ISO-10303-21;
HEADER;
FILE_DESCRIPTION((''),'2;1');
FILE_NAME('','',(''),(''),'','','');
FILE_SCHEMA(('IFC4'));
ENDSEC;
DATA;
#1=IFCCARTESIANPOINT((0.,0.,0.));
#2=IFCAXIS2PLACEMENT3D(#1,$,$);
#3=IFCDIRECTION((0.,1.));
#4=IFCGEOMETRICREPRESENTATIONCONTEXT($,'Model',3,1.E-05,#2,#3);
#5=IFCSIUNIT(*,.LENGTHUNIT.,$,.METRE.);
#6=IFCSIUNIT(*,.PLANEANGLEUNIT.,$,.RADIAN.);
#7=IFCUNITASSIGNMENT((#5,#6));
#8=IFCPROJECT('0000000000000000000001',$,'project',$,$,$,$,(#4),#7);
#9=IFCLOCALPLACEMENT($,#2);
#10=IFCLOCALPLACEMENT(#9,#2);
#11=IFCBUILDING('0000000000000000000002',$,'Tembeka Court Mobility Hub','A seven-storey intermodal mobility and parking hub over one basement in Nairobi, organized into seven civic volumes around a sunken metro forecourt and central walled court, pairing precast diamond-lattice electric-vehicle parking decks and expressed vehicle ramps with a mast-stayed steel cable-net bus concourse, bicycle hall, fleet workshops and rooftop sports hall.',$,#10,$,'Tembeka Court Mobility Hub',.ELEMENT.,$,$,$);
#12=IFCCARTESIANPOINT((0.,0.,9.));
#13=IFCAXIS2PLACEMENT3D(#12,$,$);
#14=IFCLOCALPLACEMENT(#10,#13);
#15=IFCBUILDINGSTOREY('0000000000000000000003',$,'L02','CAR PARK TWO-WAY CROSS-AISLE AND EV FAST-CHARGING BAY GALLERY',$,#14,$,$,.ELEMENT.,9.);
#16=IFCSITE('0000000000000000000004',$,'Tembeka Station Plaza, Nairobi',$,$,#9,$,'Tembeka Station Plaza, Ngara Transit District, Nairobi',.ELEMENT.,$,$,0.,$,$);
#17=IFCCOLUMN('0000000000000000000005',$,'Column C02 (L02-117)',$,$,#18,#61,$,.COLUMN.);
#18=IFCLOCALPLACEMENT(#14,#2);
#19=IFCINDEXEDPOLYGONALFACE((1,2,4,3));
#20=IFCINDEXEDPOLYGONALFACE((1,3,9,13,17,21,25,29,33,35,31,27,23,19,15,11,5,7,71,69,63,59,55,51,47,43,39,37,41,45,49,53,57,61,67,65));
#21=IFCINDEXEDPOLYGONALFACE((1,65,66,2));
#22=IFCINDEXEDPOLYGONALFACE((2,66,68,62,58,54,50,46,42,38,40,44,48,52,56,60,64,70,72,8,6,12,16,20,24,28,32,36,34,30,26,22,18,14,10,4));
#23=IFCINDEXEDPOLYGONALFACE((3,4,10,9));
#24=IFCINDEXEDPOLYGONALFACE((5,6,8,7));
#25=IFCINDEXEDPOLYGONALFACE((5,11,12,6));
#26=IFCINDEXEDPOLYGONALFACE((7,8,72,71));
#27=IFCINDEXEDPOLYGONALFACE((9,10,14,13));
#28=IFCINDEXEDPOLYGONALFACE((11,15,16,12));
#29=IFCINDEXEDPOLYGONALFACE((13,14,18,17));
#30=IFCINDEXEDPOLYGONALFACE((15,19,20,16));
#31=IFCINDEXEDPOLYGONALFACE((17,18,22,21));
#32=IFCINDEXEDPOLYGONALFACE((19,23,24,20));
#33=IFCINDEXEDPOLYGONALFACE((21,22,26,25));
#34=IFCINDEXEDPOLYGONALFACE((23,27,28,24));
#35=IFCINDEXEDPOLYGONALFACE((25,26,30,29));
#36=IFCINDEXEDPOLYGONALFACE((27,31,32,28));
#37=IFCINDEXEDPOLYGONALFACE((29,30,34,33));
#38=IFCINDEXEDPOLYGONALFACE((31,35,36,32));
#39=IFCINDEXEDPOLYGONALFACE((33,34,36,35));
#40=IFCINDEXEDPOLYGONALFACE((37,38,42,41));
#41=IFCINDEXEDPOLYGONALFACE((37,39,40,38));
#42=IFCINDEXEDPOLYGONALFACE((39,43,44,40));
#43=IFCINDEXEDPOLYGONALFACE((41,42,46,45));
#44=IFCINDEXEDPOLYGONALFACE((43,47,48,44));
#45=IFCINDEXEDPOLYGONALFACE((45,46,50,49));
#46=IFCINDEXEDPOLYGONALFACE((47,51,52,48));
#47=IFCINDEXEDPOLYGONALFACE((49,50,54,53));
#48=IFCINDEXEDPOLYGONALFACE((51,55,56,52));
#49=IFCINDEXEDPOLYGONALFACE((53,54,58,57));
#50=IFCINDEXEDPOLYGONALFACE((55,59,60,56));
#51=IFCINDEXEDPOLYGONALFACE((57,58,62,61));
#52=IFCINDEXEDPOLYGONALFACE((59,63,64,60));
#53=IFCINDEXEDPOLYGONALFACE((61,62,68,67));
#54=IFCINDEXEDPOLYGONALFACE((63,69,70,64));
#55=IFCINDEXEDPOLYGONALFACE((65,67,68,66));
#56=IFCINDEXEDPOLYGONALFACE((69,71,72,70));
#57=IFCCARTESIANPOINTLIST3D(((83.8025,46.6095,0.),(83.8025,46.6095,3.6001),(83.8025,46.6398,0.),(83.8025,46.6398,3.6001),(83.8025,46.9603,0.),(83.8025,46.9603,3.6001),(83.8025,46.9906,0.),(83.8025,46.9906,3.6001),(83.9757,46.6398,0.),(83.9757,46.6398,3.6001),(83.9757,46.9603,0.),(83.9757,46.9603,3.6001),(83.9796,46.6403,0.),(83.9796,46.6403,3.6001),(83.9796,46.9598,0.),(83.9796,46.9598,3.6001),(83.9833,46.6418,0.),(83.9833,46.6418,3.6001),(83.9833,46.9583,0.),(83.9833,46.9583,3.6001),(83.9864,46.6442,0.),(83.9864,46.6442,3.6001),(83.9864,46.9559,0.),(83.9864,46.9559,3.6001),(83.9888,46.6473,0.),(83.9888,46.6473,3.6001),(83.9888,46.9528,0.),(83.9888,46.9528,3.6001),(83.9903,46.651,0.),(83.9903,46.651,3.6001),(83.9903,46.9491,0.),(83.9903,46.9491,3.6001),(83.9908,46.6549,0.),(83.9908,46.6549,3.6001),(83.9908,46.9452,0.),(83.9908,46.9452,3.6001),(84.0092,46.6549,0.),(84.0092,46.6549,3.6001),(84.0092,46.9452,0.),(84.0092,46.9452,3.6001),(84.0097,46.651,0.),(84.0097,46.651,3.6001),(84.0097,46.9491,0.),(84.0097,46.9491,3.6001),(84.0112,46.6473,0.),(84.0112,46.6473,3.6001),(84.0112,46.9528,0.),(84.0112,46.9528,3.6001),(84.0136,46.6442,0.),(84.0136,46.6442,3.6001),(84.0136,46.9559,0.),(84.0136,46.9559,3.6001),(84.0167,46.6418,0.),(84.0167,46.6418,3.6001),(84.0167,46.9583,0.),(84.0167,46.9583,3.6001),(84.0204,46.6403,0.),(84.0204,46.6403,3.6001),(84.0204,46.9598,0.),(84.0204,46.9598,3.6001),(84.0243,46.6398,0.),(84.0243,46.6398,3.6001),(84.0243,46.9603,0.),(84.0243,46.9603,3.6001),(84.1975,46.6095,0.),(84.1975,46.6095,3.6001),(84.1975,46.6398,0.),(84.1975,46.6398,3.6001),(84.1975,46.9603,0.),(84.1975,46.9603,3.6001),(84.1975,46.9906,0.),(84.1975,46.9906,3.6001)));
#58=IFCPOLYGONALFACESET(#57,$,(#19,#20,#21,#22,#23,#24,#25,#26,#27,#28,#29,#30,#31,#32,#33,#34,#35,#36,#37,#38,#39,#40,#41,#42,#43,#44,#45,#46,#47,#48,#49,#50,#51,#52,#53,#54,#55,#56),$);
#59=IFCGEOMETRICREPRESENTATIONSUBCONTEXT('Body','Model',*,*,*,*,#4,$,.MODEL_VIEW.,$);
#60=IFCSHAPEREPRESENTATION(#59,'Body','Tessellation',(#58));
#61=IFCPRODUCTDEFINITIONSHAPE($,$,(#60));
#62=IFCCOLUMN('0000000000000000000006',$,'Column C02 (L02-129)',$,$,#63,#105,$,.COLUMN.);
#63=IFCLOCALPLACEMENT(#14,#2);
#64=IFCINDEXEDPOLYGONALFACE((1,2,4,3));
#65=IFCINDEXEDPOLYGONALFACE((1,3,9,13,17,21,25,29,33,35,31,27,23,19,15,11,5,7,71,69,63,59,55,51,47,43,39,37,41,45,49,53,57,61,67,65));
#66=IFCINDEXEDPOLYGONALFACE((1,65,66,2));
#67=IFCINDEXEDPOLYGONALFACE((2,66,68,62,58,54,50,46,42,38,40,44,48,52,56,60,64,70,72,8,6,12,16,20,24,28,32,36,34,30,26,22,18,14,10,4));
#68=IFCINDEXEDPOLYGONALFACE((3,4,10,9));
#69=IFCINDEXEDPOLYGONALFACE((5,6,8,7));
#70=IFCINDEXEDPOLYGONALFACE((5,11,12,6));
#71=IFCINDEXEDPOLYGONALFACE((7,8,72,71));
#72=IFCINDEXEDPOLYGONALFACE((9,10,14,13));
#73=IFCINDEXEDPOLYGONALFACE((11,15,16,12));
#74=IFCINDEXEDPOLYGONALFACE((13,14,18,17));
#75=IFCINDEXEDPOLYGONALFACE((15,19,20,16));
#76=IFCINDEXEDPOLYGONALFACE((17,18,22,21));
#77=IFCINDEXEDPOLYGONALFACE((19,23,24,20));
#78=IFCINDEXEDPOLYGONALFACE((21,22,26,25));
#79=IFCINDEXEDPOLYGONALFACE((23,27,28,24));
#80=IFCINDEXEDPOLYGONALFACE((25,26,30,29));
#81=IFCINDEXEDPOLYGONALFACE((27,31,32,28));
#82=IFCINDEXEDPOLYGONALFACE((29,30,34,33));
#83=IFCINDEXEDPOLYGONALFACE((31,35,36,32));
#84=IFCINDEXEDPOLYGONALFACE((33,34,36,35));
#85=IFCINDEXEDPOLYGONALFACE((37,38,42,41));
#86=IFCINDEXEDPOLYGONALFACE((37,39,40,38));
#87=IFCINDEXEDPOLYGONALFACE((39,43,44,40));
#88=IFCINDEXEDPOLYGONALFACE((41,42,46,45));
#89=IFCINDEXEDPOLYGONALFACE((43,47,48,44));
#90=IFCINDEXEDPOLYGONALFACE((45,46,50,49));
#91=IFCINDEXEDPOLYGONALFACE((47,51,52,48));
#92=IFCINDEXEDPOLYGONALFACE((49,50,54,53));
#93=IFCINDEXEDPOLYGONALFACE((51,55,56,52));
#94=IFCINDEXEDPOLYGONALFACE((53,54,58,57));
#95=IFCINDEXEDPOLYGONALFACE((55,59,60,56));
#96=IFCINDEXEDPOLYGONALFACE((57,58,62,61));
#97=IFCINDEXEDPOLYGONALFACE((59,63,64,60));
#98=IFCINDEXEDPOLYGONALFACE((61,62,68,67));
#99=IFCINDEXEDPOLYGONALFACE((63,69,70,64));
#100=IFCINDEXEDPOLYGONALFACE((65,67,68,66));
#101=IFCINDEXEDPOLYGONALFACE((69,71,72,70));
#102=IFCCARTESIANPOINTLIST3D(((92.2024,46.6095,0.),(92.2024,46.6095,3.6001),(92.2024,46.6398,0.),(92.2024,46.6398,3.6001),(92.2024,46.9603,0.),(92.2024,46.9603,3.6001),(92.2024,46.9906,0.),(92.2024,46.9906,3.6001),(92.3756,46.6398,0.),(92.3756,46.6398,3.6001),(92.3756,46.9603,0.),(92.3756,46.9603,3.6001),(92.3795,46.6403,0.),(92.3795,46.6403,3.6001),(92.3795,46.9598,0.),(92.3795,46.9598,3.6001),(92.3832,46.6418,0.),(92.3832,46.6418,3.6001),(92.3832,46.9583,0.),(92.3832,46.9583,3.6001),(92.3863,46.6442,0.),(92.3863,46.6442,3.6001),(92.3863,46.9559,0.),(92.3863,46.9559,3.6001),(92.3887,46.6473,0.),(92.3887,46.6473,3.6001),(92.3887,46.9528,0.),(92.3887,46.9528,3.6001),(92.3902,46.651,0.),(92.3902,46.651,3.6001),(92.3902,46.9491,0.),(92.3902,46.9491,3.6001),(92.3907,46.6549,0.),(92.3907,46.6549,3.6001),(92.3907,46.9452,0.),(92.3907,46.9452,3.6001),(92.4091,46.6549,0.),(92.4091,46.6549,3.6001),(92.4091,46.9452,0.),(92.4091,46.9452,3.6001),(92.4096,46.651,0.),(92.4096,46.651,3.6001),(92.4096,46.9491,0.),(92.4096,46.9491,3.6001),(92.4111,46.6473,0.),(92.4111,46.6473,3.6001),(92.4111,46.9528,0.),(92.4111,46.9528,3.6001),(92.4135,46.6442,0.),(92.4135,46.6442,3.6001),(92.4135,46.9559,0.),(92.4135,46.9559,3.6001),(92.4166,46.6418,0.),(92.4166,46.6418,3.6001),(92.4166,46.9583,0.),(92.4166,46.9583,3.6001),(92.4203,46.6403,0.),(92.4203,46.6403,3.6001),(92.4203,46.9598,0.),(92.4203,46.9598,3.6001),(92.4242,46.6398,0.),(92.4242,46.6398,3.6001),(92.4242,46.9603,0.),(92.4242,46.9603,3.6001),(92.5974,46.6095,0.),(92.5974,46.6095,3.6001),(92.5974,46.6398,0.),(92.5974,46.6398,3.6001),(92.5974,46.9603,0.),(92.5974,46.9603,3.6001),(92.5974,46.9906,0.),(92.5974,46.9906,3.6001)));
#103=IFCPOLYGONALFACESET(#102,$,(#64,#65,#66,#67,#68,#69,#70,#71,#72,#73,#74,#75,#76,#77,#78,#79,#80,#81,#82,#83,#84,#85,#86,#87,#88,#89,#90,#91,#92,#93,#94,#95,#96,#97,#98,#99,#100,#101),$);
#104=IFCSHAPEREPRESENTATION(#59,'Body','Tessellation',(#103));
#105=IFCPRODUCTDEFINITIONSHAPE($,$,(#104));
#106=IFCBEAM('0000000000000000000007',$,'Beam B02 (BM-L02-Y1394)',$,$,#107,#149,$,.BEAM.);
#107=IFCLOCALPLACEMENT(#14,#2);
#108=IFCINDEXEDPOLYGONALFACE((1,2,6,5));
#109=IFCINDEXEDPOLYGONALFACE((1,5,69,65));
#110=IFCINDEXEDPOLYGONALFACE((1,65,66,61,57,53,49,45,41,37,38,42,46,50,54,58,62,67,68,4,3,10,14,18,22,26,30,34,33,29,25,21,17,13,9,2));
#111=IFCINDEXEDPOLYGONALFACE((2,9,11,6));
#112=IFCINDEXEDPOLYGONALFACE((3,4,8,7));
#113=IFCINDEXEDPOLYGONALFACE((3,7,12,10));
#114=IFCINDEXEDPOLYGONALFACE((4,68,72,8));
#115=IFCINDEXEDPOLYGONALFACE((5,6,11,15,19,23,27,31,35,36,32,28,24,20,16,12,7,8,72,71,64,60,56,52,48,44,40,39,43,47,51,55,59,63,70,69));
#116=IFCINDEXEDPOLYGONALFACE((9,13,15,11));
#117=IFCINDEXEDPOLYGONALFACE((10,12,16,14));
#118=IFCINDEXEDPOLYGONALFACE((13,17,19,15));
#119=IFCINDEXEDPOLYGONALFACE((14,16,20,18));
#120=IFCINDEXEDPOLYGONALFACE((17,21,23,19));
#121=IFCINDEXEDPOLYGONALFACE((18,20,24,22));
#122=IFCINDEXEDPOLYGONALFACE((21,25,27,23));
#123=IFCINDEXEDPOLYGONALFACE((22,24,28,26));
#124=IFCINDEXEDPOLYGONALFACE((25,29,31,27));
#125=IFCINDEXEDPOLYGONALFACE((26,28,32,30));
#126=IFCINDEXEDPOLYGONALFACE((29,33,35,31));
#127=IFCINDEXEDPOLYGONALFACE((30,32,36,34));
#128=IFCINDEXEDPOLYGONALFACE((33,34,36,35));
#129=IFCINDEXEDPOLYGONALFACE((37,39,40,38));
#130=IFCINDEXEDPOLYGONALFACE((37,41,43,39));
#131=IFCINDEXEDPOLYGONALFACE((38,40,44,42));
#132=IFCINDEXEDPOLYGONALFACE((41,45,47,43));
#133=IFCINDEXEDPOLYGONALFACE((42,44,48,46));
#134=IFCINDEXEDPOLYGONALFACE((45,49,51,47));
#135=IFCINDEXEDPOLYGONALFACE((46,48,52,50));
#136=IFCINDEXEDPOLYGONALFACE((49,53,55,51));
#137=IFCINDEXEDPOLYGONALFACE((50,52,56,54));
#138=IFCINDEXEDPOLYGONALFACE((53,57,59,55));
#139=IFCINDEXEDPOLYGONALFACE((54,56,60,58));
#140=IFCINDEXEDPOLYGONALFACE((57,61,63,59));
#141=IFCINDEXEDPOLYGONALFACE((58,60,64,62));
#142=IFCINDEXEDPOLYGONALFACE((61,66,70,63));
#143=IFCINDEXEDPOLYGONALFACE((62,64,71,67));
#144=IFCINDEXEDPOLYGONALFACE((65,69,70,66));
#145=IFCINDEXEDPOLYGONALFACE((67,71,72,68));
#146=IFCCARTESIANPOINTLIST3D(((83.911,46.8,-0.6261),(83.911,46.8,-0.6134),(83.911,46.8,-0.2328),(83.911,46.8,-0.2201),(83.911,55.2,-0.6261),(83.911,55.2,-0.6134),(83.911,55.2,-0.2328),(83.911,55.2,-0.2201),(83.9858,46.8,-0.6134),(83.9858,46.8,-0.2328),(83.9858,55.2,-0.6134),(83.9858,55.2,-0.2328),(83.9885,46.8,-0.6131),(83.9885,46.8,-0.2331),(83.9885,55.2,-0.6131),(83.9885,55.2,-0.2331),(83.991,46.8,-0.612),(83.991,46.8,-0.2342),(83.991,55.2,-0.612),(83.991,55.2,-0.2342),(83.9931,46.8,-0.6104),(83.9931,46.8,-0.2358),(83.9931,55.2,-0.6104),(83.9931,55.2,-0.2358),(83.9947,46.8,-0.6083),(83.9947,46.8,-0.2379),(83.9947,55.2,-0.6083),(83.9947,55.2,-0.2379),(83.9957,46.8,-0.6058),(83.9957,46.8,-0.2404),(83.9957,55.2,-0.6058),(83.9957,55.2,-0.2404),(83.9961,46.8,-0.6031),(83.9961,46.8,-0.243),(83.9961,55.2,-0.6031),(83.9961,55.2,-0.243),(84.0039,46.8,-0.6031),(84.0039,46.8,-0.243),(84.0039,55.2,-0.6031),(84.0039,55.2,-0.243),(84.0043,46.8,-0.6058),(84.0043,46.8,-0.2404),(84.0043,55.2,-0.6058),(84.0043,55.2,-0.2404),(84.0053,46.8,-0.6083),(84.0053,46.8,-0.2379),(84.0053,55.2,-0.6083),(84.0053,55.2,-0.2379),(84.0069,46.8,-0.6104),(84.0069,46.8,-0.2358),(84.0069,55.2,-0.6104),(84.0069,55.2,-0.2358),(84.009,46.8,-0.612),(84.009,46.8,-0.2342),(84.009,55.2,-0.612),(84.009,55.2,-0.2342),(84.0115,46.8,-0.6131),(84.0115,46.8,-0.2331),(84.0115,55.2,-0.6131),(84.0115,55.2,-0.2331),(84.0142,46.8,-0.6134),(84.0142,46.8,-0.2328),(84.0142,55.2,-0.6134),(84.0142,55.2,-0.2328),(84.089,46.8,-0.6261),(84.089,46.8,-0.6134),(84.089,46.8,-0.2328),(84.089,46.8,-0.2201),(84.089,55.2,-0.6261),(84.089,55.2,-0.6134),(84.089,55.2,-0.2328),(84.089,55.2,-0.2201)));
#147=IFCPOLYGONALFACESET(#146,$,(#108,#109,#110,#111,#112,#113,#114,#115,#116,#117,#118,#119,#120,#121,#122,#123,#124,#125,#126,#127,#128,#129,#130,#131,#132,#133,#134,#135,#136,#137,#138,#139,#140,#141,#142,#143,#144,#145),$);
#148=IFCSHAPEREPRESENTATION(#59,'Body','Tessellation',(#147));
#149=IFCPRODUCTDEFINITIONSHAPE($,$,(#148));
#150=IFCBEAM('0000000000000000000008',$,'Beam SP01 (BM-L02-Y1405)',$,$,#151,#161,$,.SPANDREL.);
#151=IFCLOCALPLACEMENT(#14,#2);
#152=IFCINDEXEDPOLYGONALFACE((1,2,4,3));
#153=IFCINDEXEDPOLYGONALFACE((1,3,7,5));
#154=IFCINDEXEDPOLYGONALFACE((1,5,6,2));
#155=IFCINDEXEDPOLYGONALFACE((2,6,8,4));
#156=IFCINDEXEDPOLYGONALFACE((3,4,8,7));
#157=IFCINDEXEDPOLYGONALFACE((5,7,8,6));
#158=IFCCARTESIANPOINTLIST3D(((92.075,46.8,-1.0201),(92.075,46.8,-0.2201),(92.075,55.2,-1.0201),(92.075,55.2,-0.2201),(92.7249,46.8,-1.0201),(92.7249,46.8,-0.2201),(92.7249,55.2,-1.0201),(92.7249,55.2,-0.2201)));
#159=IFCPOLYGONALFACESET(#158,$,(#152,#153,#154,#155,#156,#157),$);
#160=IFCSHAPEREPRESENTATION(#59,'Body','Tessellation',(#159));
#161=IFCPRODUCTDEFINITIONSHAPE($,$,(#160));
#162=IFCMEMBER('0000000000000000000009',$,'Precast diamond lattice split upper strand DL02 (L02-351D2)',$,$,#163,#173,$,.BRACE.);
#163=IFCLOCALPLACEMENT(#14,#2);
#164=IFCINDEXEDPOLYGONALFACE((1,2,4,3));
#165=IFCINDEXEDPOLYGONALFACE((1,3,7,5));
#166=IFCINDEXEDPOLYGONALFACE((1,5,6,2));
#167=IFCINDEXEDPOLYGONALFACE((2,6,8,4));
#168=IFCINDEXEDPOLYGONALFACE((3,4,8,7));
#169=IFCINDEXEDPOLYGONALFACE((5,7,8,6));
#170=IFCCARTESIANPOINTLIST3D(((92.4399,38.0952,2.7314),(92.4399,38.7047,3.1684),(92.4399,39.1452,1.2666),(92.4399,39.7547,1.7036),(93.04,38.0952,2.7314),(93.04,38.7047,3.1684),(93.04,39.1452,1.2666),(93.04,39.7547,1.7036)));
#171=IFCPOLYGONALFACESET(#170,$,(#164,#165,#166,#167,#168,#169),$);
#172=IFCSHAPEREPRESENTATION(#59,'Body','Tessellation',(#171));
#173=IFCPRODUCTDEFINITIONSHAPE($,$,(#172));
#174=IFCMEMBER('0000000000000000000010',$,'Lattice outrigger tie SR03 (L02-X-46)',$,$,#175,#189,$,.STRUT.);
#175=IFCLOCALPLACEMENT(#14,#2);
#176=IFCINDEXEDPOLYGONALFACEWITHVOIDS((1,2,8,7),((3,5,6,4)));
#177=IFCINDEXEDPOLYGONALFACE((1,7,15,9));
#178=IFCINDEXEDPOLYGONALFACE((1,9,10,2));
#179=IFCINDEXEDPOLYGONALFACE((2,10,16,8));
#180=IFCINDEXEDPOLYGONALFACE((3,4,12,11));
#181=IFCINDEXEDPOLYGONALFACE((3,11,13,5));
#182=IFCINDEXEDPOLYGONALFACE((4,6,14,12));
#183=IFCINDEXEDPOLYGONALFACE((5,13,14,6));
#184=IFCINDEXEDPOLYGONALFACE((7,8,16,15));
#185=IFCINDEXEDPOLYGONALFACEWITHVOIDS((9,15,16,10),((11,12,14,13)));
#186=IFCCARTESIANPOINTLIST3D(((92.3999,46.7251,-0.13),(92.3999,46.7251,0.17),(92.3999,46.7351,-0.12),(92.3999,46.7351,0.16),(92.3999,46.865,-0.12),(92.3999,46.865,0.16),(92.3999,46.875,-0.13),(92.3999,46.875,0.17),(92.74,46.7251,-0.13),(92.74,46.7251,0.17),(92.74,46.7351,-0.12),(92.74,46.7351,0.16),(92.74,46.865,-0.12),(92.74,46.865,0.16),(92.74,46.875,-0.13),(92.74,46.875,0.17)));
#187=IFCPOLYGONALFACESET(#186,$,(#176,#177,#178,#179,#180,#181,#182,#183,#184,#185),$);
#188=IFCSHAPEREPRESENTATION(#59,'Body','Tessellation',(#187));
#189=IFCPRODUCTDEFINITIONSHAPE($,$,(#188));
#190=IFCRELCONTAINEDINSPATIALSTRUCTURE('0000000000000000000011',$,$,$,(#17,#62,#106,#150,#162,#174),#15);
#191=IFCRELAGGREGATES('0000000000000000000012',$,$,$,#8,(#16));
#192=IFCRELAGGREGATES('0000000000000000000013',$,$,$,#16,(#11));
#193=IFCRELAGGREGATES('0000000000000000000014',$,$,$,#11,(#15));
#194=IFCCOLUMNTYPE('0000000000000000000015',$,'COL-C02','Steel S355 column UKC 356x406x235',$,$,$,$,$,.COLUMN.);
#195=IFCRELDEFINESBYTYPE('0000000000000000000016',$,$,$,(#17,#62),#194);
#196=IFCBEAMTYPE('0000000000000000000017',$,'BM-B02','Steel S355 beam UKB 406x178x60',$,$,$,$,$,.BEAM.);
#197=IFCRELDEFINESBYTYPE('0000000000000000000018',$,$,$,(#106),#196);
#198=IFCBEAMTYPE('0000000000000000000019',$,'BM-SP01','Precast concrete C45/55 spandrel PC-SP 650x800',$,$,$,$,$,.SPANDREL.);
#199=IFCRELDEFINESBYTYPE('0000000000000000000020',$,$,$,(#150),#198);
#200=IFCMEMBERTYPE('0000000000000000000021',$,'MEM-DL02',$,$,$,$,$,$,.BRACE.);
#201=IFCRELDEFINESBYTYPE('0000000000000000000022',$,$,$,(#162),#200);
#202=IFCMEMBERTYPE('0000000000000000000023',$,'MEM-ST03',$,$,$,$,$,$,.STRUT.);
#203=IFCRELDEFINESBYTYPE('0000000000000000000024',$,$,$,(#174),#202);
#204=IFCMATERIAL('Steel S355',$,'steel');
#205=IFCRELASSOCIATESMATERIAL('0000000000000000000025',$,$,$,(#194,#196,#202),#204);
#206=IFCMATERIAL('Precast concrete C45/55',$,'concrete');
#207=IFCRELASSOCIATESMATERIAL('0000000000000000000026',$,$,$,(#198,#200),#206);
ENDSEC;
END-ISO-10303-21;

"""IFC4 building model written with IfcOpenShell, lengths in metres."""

from ifc_helpers import new_model, si_unit, direction, frame, origin, origin_2d, place, context, subcontext, project, spatial, rectangle, hollow_rectangle, i_section, extrude, material, material_profile, profile_set, type_object, element, save


model = new_model("IFC4")

# Units and contexts
model_context = context("Model", 3, precision=1e-05, world=origin(), true_north=direction((0.0, 1.0)))
body_context = subcontext(model_context, "Body", "Model", "MODEL_VIEW")
ifc_project = project(units=[si_unit("LENGTHUNIT", "METRE"), si_unit("PLANEANGLEUNIT", "RADIAN")], contexts=[model_context])

# Site, building, storey
site_placement = place(None, origin())
site = spatial("IfcSite", under=ifc_project, at=site_placement, Name="Tembeka Station Plaza, Nairobi", LongName="Tembeka Station Plaza, Ngara Transit District, Nairobi", CompositionType="ELEMENT", RefElevation=0.0)
building_placement = place(site_placement, origin())
building = spatial("IfcBuilding", under=site, at=building_placement, Name="Tembeka Court Mobility Hub", Description="A seven-storey intermodal mobility and parking hub over one basement in Nairobi, organized into seven civic volumes around a sunken metro forecourt and central walled court, pairing precast diamond-lattice electric-vehicle parking decks and expressed vehicle ramps with a mast-stayed steel cable-net bus concourse, bicycle hall, fleet workshops and rooftop sports hall.", LongName="Tembeka Court Mobility Hub", CompositionType="ELEMENT")
storey_placement = place(building_placement, frame((0.0, 0.0, 9.0)))
storey = spatial("IfcBuildingStorey", under=building, at=storey_placement, Name="L02", Description="CAR PARK TWO-WAY CROSS-AISLE AND EV FAST-CHARGING BAY GALLERY", CompositionType="ELEMENT", Elevation=9.0)

# Columns
ifc_material_1 = material(Name="Steel S355", Category="steel")
ifc_material_profile_1 = material_profile(ifc_material_1, i_section(OverallWidth=0.395, OverallDepth=0.3811, WebThickness=0.0183, FlangeThickness=0.0303, FilletRadius=0.0151, at=origin_2d()), Name="UKC 356x406x235")
ifc_profile_set_1 = profile_set([ifc_material_profile_1], Name="Steel S355")
column_type = type_object("IfcColumnType", Name="COL-C02", Description="Steel S355 column UKC 356x406x235", PredefinedType="COLUMN", material=ifc_profile_set_1)
for number, where, z_axis, x_axis, name in (
    (1, (84.0, 46.8, 0.0), (0.0, 0.0, 1.0), (1.0, 0.0, 0.0), "Column C02 (L02-117)"),
    (2, (92.3999, 46.8, 0.0), (0.0, 0.0, 1.0), (1.0, 0.0, 0.0), "Column C02 (L02-129)"),
):
    element("IfcColumn", number, at=place(storey_placement, frame(where, z_axis=z_axis, x_axis=x_axis)), inside=storey, type_object=column_type, Name=name, PredefinedType="COLUMN", context=body_context, shape_type="SweptSolid", body=[
        extrude(i_section(OverallWidth=0.395, OverallDepth=0.3811, WebThickness=0.0183, FlangeThickness=0.0303, FilletRadius=0.0151, at=origin_2d()), origin(), (0.0, 0.0, 1.0), 3.6001),
    ])

# Beams
ifc_material_profile_2 = material_profile(ifc_material_1, i_section(OverallWidth=0.178, OverallDepth=0.406, WebThickness=0.0078, FlangeThickness=0.0127, FilletRadius=0.0103, at=origin_2d()), Name="UKB 406x178x60")
ifc_profile_set_2 = profile_set([ifc_material_profile_2], Name="Steel S355")
beam_type_1 = type_object("IfcBeamType", Name="BM-B02", Description="Steel S355 beam UKB 406x178x60", PredefinedType="BEAM", material=ifc_profile_set_2)
beam_1_placement = place(storey_placement, frame((84.0, 46.8, -0.4231), z_axis=(0.0, 1.0, 0.0), x_axis=(-1.0, 0.0, 0.0)))
element("IfcBeam", 3, at=beam_1_placement, inside=storey, type_object=beam_type_1, Name="Beam B02 (BM-L02-Y1394)", PredefinedType="BEAM", context=body_context, shape_type="SweptSolid", body=[
    extrude(i_section(OverallWidth=0.178, OverallDepth=0.406, WebThickness=0.0078, FlangeThickness=0.0127, FilletRadius=0.0103, at=origin_2d()), origin(), (0.0, 0.0, 1.0), 8.3999),
])
ifc_material_2 = material(Name="Precast concrete C45/55", Category="concrete")
ifc_material_profile_3 = material_profile(ifc_material_2, rectangle(XDim=0.6499, YDim=0.8, at=origin_2d()), Name="PC-SP 650x800")
ifc_profile_set_3 = profile_set([ifc_material_profile_3], Name="Precast concrete C45/55")
beam_type_2 = type_object("IfcBeamType", Name="BM-SP01", Description="Precast concrete C45/55 spandrel PC-SP 650x800", PredefinedType="SPANDREL", material=ifc_profile_set_3)
beam_2_placement = place(storey_placement, frame((92.3999, 46.8, -0.6201), z_axis=(0.0, 1.0, 0.0), x_axis=(-1.0, 0.0, 0.0)))
element("IfcBeam", 4, at=beam_2_placement, inside=storey, type_object=beam_type_2, Name="Beam SP01 (BM-L02-Y1405)", PredefinedType="SPANDREL", context=body_context, shape_type="SweptSolid", body=[
    extrude(rectangle(XDim=0.6499, YDim=0.8, at=origin_2d()), origin(), (0.0, 0.0, 1.0), 8.3999),
])

# Members
ifc_material_profile_4 = material_profile(ifc_material_2, rectangle(XDim=0.6001, YDim=0.75, at=origin_2d()), Name="PC-DIAG 600x750")
ifc_profile_set_4 = profile_set([ifc_material_profile_4], Name="Precast concrete C45/55")
member_type_1 = type_object("IfcMemberType", Name="MEM-DL02", PredefinedType="BRACE", material=ifc_profile_set_4)
member_1_placement = place(storey_placement, frame((92.74, 39.45, 1.4851), z_axis=(0.0, -0.582608, 0.812753), x_axis=(1.0, 0.0, 0.0)))
element("IfcMember", 5, at=member_1_placement, inside=storey, type_object=member_type_1, Name="Precast diamond lattice split upper strand DL02 (L02-351D2)", PredefinedType="BRACE", context=body_context, shape_type="SweptSolid", body=[
    extrude(rectangle(XDim=0.6001, YDim=0.75, at=origin_2d()), origin(), (0.0, 0.0, 1.0), 1.8022),
])
ifc_material_profile_5 = material_profile(ifc_material_1, hollow_rectangle(XDim=0.1499, YDim=0.3, WallThickness=0.01, at=origin_2d()), Name="RHS 300x150x10")
ifc_profile_set_5 = profile_set([ifc_material_profile_5], Name="Steel S355")
member_type_2 = type_object("IfcMemberType", Name="MEM-ST03", PredefinedType="STRUT", material=ifc_profile_set_5)
member_2_placement = place(storey_placement, frame((92.3999, 46.8, 0.02), z_axis=(1.0, 0.0, 0.0), x_axis=(0.0, 1.0, 0.0)))
element("IfcMember", 6, at=member_2_placement, inside=storey, type_object=member_type_2, Name="Lattice outrigger tie SR03 (L02-X-46)", PredefinedType="STRUT", context=body_context, shape_type="SweptSolid", body=[
    extrude(hollow_rectangle(XDim=0.1499, YDim=0.3, WallThickness=0.01, at=origin_2d()), origin(), (0.0, 0.0, 1.0), 0.3401),
])

save(model, "model.ifc")
